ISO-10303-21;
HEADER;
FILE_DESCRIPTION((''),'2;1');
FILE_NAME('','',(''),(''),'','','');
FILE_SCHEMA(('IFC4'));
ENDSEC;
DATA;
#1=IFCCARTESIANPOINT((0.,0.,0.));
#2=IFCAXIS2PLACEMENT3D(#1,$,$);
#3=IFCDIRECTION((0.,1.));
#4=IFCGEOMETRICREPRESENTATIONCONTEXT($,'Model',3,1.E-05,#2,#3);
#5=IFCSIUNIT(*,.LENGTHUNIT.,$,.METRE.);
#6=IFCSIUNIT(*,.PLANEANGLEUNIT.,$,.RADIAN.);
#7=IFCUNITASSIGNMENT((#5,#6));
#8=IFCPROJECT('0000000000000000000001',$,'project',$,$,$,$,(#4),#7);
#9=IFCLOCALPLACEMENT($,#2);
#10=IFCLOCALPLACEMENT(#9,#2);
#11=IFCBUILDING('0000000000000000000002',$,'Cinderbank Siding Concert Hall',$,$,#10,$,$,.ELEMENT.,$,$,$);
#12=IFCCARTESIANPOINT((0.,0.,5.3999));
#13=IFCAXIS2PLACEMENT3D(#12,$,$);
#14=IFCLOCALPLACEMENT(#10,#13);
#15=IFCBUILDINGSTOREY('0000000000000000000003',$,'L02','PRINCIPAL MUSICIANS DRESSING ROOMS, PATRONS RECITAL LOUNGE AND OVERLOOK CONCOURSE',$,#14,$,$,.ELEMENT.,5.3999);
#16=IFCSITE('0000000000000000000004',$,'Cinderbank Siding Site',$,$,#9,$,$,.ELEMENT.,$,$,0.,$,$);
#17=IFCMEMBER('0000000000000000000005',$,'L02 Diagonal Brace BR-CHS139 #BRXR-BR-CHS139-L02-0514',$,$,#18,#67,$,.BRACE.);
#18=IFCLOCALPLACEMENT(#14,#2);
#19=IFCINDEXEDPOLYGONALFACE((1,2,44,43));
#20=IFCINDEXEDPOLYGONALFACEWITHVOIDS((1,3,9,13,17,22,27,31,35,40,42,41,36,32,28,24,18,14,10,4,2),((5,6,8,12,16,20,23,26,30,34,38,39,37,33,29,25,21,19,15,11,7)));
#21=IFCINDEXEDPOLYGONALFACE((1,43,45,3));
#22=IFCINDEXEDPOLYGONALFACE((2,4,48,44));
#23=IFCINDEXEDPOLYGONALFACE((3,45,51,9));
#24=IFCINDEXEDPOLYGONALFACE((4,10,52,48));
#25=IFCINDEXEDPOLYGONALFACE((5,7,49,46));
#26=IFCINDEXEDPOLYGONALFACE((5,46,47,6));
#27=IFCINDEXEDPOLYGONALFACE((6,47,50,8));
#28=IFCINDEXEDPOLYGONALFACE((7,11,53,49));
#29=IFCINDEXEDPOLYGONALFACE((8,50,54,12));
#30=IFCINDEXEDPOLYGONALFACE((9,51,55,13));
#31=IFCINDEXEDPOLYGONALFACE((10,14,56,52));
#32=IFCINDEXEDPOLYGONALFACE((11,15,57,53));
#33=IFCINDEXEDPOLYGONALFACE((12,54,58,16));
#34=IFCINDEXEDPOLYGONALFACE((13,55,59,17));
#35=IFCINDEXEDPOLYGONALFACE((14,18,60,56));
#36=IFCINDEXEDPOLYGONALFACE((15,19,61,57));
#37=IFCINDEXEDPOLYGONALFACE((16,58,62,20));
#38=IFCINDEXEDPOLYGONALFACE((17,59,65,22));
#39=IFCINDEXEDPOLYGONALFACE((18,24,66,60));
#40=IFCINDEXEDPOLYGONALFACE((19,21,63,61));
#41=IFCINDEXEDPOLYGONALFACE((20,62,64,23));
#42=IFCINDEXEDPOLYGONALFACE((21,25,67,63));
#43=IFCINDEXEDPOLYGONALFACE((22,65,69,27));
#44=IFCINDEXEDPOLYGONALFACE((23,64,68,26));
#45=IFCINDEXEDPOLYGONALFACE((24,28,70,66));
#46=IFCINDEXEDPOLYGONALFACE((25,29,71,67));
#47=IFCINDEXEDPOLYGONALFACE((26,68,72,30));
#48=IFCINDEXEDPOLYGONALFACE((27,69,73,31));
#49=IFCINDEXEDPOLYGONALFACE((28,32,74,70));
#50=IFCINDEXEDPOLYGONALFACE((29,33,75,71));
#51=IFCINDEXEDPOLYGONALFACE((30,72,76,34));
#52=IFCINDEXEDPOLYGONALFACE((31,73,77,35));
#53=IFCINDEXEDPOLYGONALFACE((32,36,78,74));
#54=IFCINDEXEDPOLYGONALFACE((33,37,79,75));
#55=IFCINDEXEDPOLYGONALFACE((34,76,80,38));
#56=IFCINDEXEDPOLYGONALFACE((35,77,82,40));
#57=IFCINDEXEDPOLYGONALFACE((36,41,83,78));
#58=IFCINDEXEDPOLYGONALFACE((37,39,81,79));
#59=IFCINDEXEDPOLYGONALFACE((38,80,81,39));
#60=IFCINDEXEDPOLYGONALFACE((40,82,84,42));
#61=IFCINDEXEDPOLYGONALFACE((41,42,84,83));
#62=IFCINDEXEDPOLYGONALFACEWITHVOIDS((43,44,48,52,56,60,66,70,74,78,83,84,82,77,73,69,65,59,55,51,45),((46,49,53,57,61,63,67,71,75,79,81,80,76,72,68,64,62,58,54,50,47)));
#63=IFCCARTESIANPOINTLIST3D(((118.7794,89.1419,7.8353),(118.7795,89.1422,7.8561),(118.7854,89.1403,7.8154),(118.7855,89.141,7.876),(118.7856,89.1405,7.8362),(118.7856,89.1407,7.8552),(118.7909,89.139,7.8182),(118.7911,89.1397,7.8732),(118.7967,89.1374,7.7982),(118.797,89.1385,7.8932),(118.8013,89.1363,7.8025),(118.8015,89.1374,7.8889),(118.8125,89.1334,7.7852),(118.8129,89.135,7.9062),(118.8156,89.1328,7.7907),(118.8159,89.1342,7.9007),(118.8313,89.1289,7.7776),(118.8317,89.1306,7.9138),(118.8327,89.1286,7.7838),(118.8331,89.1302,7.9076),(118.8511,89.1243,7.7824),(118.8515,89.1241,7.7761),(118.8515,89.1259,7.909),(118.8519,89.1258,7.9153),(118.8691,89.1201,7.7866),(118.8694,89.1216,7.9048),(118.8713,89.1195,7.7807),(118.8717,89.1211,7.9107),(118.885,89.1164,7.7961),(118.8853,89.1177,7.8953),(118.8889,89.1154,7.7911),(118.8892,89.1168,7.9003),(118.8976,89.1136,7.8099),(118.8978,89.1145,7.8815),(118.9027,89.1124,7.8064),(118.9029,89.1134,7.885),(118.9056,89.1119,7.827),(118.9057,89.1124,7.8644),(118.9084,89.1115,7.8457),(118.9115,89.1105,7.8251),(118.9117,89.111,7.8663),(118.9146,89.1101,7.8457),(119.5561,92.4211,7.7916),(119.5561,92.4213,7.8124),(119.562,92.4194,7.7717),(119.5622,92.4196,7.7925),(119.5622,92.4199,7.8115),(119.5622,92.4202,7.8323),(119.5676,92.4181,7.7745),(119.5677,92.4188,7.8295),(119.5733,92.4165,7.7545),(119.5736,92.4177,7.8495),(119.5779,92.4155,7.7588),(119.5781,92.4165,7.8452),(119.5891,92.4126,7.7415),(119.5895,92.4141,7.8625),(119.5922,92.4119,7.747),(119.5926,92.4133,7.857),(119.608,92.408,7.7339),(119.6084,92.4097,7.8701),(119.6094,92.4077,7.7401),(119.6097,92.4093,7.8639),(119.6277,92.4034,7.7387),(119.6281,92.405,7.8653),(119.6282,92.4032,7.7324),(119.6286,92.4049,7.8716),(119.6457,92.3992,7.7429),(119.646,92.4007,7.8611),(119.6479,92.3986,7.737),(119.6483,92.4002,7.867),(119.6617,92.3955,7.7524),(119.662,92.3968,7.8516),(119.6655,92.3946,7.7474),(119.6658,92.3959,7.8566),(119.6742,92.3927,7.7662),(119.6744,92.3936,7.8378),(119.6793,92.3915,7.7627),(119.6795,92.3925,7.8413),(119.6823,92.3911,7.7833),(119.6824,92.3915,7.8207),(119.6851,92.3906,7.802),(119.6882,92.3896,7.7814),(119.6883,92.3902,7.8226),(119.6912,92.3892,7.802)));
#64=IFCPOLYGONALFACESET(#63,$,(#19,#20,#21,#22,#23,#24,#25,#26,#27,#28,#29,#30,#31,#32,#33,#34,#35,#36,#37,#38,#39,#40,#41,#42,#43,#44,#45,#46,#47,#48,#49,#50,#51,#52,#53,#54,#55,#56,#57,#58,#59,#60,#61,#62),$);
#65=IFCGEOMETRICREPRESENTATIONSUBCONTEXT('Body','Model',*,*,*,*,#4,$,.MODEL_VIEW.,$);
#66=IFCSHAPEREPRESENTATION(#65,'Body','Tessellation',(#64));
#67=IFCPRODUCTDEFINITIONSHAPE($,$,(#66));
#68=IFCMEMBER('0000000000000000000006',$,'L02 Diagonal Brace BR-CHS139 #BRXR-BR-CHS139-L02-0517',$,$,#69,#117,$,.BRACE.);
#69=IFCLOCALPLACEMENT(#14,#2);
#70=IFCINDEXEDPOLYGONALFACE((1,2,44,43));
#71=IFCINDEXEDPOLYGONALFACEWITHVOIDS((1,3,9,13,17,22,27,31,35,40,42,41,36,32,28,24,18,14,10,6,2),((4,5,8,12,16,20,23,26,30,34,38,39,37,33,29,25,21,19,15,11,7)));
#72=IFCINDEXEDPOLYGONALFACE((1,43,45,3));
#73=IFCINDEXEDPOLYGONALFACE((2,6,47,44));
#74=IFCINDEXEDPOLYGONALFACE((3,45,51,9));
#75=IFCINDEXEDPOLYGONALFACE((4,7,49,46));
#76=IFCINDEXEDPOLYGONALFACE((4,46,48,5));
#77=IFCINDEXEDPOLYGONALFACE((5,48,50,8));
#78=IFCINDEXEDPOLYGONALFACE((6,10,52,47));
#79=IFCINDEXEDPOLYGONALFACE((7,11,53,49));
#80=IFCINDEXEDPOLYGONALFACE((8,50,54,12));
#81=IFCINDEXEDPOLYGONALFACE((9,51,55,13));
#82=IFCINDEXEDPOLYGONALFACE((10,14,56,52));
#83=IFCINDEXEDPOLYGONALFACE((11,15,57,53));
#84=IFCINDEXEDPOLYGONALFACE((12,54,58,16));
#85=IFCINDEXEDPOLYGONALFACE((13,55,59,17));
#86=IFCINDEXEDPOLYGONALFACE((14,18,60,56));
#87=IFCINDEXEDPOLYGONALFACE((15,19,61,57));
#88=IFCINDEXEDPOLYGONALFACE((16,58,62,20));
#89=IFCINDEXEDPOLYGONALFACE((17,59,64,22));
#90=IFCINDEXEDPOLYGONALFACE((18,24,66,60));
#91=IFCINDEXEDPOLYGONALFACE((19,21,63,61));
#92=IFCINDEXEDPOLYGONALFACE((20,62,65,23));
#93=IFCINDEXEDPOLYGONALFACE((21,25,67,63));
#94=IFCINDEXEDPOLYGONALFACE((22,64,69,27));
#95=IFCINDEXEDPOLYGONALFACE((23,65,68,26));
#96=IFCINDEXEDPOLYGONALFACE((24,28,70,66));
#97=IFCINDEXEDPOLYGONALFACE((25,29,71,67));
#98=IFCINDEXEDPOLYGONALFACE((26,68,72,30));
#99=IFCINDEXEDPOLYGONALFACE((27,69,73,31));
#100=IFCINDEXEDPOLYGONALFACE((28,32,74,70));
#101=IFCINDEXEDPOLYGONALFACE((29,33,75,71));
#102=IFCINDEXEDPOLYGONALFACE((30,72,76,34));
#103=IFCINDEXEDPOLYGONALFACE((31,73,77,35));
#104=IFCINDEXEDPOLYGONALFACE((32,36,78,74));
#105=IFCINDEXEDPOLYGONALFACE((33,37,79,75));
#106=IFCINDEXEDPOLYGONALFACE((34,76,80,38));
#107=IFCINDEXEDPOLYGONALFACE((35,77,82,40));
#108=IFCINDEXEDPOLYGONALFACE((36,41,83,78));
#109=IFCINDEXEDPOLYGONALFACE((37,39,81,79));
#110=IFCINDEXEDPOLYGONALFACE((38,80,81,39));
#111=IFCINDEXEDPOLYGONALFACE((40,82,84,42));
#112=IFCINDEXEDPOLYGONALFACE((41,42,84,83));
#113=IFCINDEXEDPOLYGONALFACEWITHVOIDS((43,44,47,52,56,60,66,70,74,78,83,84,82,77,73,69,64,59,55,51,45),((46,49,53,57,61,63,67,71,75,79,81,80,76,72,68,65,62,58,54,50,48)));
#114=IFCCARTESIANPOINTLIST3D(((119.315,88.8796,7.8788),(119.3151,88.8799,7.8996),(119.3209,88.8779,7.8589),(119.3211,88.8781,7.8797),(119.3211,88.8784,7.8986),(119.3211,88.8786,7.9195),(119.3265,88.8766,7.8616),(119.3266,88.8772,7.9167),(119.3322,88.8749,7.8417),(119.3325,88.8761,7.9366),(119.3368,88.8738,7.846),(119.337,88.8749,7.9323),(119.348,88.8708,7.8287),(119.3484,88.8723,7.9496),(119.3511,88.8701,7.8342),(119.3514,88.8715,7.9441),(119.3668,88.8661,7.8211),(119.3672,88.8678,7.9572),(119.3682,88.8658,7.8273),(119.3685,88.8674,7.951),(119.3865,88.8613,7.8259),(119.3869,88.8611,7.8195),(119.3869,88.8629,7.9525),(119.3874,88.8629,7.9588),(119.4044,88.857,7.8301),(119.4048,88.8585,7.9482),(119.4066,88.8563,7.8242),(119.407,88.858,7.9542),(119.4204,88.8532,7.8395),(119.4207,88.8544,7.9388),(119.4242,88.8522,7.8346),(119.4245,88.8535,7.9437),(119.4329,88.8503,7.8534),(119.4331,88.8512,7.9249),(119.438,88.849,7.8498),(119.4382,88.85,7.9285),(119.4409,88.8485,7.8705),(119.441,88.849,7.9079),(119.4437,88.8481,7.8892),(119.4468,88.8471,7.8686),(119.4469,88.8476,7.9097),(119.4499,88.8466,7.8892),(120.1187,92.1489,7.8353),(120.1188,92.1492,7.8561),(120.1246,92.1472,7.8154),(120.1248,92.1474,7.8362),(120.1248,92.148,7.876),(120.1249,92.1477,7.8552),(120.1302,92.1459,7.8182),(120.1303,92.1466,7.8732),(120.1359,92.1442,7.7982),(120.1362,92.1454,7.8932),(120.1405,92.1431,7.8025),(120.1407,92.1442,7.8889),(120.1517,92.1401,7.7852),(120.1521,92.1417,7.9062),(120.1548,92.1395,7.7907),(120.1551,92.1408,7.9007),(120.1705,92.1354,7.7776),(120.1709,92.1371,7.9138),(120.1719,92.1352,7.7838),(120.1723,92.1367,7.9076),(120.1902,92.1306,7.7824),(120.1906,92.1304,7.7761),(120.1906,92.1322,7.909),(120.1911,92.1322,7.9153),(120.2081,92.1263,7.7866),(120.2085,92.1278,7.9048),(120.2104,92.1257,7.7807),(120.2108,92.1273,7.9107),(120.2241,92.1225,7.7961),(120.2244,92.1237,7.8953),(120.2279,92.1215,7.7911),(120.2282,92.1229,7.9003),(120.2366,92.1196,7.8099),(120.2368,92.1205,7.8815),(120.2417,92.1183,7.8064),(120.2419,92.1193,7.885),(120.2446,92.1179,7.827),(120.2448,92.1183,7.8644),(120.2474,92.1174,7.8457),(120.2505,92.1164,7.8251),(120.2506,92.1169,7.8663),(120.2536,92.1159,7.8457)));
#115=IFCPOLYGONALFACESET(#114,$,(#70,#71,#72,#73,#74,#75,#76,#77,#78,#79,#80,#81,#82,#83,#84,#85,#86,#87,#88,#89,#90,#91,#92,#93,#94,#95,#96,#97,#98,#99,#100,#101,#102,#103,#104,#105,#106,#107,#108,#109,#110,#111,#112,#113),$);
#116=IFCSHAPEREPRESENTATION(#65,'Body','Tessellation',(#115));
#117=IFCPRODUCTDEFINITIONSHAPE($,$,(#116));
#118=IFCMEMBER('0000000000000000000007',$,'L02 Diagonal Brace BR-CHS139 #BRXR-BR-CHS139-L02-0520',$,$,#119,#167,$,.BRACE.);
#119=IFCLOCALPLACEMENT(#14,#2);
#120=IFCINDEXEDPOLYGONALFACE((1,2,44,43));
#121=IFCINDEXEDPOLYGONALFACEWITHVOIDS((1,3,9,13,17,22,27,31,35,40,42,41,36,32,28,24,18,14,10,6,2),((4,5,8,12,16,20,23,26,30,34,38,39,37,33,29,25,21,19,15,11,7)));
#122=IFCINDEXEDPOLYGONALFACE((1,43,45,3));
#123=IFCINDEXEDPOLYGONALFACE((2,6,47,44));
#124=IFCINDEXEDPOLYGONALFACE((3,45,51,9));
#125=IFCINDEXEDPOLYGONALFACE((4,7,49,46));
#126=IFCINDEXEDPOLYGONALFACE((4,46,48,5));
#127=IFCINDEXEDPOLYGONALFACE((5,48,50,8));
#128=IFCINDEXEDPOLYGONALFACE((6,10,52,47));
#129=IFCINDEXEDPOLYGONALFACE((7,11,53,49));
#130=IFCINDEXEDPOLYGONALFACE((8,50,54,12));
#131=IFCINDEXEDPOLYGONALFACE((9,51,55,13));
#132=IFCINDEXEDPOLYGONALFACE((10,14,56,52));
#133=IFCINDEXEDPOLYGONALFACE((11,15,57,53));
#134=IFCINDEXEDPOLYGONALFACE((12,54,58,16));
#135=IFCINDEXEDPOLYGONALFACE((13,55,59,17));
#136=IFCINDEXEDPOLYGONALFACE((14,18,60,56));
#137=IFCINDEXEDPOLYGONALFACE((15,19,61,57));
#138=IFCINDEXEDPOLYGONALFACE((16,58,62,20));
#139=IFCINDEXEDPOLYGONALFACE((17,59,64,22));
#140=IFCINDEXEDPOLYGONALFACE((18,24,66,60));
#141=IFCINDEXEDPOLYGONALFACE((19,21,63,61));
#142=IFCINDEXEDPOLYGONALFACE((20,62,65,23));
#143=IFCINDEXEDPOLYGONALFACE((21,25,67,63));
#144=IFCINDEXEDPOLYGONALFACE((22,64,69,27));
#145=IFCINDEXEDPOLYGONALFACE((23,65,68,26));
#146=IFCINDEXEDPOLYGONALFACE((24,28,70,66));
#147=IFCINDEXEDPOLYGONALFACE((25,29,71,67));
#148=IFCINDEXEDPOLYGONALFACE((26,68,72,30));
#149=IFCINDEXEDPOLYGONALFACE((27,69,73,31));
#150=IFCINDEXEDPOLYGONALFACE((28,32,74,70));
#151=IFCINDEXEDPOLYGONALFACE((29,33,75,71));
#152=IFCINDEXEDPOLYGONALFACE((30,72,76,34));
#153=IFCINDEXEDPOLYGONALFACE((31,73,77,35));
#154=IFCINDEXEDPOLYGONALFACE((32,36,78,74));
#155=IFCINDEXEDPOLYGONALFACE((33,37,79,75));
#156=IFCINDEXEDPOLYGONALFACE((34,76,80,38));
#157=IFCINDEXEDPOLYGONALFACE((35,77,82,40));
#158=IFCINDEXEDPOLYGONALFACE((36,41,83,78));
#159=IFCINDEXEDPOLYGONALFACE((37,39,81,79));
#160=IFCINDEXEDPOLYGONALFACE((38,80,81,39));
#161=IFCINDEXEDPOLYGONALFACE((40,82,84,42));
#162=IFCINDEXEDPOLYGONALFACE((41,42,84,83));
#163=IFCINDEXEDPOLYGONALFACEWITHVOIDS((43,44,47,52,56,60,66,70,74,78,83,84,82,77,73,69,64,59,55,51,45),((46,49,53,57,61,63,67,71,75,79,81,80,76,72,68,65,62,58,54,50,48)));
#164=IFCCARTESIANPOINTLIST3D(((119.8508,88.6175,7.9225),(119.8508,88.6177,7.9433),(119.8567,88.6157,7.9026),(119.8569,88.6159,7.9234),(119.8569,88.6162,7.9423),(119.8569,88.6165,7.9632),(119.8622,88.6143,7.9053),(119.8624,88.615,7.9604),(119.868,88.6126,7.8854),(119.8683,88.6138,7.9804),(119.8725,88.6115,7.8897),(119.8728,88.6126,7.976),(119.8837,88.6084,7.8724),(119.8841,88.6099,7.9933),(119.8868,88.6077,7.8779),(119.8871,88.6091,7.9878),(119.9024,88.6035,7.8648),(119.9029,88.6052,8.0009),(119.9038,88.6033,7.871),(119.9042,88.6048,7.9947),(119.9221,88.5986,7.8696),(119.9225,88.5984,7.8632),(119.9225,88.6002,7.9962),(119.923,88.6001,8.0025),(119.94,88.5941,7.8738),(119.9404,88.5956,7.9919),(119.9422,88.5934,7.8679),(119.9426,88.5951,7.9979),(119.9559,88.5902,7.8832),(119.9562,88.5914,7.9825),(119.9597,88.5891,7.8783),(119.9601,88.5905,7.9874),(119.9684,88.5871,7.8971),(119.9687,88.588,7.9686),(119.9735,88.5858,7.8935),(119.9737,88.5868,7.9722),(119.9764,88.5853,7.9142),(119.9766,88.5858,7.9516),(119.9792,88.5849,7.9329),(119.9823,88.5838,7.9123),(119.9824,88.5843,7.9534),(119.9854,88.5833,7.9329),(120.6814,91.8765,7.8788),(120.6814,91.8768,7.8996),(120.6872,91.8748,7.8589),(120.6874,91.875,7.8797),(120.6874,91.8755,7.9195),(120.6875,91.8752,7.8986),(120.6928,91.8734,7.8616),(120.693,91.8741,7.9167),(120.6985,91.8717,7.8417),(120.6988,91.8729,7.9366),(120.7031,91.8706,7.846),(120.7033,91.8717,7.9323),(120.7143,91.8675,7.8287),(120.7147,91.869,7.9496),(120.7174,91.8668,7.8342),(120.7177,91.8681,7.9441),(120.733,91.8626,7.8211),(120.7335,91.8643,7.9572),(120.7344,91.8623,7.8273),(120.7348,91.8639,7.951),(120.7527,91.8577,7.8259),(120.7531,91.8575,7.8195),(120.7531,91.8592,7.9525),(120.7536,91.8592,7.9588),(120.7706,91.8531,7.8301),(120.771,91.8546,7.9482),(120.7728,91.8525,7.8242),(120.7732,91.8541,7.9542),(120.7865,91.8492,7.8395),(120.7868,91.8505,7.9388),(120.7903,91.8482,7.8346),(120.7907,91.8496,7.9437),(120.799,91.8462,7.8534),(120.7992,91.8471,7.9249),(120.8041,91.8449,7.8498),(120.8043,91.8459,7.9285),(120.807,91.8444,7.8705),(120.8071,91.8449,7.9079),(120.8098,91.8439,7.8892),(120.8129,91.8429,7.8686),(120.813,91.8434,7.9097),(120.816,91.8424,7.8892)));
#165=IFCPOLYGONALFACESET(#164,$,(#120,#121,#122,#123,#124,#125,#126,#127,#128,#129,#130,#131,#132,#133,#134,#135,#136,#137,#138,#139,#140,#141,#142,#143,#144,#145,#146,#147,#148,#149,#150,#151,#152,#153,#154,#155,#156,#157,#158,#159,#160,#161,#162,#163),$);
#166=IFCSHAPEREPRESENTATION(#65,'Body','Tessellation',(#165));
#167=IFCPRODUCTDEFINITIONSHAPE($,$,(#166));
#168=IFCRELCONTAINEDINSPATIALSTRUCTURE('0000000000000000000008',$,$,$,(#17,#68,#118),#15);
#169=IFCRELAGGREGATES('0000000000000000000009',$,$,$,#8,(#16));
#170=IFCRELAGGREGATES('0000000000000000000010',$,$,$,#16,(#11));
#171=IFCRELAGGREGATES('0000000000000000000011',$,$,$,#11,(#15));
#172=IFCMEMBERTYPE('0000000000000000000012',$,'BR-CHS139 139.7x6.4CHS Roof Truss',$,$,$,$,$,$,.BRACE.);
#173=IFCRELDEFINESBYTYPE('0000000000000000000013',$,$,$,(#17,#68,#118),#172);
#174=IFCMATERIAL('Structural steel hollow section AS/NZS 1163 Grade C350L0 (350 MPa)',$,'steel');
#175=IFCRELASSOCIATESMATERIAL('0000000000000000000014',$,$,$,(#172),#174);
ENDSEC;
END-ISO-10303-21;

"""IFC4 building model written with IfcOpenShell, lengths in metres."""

from ifc_helpers import new_model, si_unit, direction, frame, origin, origin_2d, place, context, subcontext, project, spatial, hollow_circle, extrude, material, material_profile, profile_set, type_object, element, save


model = new_model("IFC4")

# Units and contexts
model_context = context("Model", 3, precision=1e-05, world=origin(), true_north=direction((0.0, 1.0)))
body_context = subcontext(model_context, "Body", "Model", "MODEL_VIEW")
ifc_project = project(units=[si_unit("LENGTHUNIT", "METRE"), si_unit("PLANEANGLEUNIT", "RADIAN")], contexts=[model_context])

# Site, building, storey
site_placement = place(None, origin())
site = spatial("IfcSite", under=ifc_project, at=site_placement, Name="Cinderbank Siding Site", CompositionType="ELEMENT", RefElevation=0.0)
building_placement = place(site_placement, origin())
building = spatial("IfcBuilding", under=site, at=building_placement, Name="Cinderbank Siding Concert Hall", CompositionType="ELEMENT")
storey_placement = place(building_placement, frame((0.0, 0.0, 5.3999)))
storey = spatial("IfcBuildingStorey", under=building, at=storey_placement, Name="L02", Description="PRINCIPAL MUSICIANS DRESSING ROOMS, PATRONS RECITAL LOUNGE AND OVERLOOK CONCOURSE", CompositionType="ELEMENT", Elevation=5.3999)

# Members
ifc_material_1 = material(Name="Structural steel hollow section AS/NZS 1163 Grade C350L0 (350 MPa)", Category="steel")
ifc_material_profile_1 = material_profile(ifc_material_1, hollow_circle(Radius=0.0698, WallThickness=0.0063, at=origin_2d()), Name="139.7x6.4CHS", Category="LoadBearing")
ifc_profile_set_1 = profile_set([ifc_material_profile_1], Name="Structural steel hollow section AS/NZS 1163 Grade C350L0 (350 MPa)")
member_type_1 = type_object("IfcMemberType", Name="BR-CHS139 139.7x6.4CHS Roof Truss", PredefinedType="BRACE", material=ifc_profile_set_1)
member_1_placement = place(storey_placement, frame((119.6233, 92.4053, 7.802), z_axis=(-0.230445, -0.972999, 0.012968), x_axis=(0.973081, -0.230465, 0.0)))
element("IfcMember", 1, at=member_1_placement, inside=storey, type_object=member_type_1, Name="L02 Diagonal Brace BR-CHS139 #BRXR-BR-CHS139-L02-0514", PredefinedType="BRACE", context=body_context, shape_type="SweptSolid", body=[
    extrude(hollow_circle(Radius=0.0698, WallThickness=0.0063, at=origin_2d()), origin(), (0.0, 0.0, 1.0), 3.3701),
])
member_2_placement = place(storey_placement, frame((120.1858, 92.1326, 7.8457), z_axis=(-0.238709, -0.971005, 0.012907), x_axis=(0.971086, -0.238729, 0.0)))
element("IfcMember", 2, at=member_2_placement, inside=storey, type_object=member_type_1, Name="L02 Diagonal Brace BR-CHS139 #BRXR-BR-CHS139-L02-0517", PredefinedType="BRACE", context=body_context, shape_type="SweptSolid", body=[
    extrude(hollow_circle(Radius=0.0698, WallThickness=0.0063, at=origin_2d()), origin(), (0.0, 0.0, 1.0), 3.3669),
])
member_3_placement = place(storey_placement, frame((120.7483, 91.8596, 7.8892), z_axis=(-0.246936, -0.968945, 0.012993), x_axis=(0.969026, -0.246957, 0.0)))
element("IfcMember", 3, at=member_3_placement, inside=storey, type_object=member_type_1, Name="L02 Diagonal Brace BR-CHS139 #BRXR-BR-CHS139-L02-0520", PredefinedType="BRACE", context=body_context, shape_type="SweptSolid", body=[
    extrude(hollow_circle(Radius=0.0698, WallThickness=0.0063, at=origin_2d()), origin(), (0.0, 0.0, 1.0), 3.3635),
])

save(model, "model.ifc")
